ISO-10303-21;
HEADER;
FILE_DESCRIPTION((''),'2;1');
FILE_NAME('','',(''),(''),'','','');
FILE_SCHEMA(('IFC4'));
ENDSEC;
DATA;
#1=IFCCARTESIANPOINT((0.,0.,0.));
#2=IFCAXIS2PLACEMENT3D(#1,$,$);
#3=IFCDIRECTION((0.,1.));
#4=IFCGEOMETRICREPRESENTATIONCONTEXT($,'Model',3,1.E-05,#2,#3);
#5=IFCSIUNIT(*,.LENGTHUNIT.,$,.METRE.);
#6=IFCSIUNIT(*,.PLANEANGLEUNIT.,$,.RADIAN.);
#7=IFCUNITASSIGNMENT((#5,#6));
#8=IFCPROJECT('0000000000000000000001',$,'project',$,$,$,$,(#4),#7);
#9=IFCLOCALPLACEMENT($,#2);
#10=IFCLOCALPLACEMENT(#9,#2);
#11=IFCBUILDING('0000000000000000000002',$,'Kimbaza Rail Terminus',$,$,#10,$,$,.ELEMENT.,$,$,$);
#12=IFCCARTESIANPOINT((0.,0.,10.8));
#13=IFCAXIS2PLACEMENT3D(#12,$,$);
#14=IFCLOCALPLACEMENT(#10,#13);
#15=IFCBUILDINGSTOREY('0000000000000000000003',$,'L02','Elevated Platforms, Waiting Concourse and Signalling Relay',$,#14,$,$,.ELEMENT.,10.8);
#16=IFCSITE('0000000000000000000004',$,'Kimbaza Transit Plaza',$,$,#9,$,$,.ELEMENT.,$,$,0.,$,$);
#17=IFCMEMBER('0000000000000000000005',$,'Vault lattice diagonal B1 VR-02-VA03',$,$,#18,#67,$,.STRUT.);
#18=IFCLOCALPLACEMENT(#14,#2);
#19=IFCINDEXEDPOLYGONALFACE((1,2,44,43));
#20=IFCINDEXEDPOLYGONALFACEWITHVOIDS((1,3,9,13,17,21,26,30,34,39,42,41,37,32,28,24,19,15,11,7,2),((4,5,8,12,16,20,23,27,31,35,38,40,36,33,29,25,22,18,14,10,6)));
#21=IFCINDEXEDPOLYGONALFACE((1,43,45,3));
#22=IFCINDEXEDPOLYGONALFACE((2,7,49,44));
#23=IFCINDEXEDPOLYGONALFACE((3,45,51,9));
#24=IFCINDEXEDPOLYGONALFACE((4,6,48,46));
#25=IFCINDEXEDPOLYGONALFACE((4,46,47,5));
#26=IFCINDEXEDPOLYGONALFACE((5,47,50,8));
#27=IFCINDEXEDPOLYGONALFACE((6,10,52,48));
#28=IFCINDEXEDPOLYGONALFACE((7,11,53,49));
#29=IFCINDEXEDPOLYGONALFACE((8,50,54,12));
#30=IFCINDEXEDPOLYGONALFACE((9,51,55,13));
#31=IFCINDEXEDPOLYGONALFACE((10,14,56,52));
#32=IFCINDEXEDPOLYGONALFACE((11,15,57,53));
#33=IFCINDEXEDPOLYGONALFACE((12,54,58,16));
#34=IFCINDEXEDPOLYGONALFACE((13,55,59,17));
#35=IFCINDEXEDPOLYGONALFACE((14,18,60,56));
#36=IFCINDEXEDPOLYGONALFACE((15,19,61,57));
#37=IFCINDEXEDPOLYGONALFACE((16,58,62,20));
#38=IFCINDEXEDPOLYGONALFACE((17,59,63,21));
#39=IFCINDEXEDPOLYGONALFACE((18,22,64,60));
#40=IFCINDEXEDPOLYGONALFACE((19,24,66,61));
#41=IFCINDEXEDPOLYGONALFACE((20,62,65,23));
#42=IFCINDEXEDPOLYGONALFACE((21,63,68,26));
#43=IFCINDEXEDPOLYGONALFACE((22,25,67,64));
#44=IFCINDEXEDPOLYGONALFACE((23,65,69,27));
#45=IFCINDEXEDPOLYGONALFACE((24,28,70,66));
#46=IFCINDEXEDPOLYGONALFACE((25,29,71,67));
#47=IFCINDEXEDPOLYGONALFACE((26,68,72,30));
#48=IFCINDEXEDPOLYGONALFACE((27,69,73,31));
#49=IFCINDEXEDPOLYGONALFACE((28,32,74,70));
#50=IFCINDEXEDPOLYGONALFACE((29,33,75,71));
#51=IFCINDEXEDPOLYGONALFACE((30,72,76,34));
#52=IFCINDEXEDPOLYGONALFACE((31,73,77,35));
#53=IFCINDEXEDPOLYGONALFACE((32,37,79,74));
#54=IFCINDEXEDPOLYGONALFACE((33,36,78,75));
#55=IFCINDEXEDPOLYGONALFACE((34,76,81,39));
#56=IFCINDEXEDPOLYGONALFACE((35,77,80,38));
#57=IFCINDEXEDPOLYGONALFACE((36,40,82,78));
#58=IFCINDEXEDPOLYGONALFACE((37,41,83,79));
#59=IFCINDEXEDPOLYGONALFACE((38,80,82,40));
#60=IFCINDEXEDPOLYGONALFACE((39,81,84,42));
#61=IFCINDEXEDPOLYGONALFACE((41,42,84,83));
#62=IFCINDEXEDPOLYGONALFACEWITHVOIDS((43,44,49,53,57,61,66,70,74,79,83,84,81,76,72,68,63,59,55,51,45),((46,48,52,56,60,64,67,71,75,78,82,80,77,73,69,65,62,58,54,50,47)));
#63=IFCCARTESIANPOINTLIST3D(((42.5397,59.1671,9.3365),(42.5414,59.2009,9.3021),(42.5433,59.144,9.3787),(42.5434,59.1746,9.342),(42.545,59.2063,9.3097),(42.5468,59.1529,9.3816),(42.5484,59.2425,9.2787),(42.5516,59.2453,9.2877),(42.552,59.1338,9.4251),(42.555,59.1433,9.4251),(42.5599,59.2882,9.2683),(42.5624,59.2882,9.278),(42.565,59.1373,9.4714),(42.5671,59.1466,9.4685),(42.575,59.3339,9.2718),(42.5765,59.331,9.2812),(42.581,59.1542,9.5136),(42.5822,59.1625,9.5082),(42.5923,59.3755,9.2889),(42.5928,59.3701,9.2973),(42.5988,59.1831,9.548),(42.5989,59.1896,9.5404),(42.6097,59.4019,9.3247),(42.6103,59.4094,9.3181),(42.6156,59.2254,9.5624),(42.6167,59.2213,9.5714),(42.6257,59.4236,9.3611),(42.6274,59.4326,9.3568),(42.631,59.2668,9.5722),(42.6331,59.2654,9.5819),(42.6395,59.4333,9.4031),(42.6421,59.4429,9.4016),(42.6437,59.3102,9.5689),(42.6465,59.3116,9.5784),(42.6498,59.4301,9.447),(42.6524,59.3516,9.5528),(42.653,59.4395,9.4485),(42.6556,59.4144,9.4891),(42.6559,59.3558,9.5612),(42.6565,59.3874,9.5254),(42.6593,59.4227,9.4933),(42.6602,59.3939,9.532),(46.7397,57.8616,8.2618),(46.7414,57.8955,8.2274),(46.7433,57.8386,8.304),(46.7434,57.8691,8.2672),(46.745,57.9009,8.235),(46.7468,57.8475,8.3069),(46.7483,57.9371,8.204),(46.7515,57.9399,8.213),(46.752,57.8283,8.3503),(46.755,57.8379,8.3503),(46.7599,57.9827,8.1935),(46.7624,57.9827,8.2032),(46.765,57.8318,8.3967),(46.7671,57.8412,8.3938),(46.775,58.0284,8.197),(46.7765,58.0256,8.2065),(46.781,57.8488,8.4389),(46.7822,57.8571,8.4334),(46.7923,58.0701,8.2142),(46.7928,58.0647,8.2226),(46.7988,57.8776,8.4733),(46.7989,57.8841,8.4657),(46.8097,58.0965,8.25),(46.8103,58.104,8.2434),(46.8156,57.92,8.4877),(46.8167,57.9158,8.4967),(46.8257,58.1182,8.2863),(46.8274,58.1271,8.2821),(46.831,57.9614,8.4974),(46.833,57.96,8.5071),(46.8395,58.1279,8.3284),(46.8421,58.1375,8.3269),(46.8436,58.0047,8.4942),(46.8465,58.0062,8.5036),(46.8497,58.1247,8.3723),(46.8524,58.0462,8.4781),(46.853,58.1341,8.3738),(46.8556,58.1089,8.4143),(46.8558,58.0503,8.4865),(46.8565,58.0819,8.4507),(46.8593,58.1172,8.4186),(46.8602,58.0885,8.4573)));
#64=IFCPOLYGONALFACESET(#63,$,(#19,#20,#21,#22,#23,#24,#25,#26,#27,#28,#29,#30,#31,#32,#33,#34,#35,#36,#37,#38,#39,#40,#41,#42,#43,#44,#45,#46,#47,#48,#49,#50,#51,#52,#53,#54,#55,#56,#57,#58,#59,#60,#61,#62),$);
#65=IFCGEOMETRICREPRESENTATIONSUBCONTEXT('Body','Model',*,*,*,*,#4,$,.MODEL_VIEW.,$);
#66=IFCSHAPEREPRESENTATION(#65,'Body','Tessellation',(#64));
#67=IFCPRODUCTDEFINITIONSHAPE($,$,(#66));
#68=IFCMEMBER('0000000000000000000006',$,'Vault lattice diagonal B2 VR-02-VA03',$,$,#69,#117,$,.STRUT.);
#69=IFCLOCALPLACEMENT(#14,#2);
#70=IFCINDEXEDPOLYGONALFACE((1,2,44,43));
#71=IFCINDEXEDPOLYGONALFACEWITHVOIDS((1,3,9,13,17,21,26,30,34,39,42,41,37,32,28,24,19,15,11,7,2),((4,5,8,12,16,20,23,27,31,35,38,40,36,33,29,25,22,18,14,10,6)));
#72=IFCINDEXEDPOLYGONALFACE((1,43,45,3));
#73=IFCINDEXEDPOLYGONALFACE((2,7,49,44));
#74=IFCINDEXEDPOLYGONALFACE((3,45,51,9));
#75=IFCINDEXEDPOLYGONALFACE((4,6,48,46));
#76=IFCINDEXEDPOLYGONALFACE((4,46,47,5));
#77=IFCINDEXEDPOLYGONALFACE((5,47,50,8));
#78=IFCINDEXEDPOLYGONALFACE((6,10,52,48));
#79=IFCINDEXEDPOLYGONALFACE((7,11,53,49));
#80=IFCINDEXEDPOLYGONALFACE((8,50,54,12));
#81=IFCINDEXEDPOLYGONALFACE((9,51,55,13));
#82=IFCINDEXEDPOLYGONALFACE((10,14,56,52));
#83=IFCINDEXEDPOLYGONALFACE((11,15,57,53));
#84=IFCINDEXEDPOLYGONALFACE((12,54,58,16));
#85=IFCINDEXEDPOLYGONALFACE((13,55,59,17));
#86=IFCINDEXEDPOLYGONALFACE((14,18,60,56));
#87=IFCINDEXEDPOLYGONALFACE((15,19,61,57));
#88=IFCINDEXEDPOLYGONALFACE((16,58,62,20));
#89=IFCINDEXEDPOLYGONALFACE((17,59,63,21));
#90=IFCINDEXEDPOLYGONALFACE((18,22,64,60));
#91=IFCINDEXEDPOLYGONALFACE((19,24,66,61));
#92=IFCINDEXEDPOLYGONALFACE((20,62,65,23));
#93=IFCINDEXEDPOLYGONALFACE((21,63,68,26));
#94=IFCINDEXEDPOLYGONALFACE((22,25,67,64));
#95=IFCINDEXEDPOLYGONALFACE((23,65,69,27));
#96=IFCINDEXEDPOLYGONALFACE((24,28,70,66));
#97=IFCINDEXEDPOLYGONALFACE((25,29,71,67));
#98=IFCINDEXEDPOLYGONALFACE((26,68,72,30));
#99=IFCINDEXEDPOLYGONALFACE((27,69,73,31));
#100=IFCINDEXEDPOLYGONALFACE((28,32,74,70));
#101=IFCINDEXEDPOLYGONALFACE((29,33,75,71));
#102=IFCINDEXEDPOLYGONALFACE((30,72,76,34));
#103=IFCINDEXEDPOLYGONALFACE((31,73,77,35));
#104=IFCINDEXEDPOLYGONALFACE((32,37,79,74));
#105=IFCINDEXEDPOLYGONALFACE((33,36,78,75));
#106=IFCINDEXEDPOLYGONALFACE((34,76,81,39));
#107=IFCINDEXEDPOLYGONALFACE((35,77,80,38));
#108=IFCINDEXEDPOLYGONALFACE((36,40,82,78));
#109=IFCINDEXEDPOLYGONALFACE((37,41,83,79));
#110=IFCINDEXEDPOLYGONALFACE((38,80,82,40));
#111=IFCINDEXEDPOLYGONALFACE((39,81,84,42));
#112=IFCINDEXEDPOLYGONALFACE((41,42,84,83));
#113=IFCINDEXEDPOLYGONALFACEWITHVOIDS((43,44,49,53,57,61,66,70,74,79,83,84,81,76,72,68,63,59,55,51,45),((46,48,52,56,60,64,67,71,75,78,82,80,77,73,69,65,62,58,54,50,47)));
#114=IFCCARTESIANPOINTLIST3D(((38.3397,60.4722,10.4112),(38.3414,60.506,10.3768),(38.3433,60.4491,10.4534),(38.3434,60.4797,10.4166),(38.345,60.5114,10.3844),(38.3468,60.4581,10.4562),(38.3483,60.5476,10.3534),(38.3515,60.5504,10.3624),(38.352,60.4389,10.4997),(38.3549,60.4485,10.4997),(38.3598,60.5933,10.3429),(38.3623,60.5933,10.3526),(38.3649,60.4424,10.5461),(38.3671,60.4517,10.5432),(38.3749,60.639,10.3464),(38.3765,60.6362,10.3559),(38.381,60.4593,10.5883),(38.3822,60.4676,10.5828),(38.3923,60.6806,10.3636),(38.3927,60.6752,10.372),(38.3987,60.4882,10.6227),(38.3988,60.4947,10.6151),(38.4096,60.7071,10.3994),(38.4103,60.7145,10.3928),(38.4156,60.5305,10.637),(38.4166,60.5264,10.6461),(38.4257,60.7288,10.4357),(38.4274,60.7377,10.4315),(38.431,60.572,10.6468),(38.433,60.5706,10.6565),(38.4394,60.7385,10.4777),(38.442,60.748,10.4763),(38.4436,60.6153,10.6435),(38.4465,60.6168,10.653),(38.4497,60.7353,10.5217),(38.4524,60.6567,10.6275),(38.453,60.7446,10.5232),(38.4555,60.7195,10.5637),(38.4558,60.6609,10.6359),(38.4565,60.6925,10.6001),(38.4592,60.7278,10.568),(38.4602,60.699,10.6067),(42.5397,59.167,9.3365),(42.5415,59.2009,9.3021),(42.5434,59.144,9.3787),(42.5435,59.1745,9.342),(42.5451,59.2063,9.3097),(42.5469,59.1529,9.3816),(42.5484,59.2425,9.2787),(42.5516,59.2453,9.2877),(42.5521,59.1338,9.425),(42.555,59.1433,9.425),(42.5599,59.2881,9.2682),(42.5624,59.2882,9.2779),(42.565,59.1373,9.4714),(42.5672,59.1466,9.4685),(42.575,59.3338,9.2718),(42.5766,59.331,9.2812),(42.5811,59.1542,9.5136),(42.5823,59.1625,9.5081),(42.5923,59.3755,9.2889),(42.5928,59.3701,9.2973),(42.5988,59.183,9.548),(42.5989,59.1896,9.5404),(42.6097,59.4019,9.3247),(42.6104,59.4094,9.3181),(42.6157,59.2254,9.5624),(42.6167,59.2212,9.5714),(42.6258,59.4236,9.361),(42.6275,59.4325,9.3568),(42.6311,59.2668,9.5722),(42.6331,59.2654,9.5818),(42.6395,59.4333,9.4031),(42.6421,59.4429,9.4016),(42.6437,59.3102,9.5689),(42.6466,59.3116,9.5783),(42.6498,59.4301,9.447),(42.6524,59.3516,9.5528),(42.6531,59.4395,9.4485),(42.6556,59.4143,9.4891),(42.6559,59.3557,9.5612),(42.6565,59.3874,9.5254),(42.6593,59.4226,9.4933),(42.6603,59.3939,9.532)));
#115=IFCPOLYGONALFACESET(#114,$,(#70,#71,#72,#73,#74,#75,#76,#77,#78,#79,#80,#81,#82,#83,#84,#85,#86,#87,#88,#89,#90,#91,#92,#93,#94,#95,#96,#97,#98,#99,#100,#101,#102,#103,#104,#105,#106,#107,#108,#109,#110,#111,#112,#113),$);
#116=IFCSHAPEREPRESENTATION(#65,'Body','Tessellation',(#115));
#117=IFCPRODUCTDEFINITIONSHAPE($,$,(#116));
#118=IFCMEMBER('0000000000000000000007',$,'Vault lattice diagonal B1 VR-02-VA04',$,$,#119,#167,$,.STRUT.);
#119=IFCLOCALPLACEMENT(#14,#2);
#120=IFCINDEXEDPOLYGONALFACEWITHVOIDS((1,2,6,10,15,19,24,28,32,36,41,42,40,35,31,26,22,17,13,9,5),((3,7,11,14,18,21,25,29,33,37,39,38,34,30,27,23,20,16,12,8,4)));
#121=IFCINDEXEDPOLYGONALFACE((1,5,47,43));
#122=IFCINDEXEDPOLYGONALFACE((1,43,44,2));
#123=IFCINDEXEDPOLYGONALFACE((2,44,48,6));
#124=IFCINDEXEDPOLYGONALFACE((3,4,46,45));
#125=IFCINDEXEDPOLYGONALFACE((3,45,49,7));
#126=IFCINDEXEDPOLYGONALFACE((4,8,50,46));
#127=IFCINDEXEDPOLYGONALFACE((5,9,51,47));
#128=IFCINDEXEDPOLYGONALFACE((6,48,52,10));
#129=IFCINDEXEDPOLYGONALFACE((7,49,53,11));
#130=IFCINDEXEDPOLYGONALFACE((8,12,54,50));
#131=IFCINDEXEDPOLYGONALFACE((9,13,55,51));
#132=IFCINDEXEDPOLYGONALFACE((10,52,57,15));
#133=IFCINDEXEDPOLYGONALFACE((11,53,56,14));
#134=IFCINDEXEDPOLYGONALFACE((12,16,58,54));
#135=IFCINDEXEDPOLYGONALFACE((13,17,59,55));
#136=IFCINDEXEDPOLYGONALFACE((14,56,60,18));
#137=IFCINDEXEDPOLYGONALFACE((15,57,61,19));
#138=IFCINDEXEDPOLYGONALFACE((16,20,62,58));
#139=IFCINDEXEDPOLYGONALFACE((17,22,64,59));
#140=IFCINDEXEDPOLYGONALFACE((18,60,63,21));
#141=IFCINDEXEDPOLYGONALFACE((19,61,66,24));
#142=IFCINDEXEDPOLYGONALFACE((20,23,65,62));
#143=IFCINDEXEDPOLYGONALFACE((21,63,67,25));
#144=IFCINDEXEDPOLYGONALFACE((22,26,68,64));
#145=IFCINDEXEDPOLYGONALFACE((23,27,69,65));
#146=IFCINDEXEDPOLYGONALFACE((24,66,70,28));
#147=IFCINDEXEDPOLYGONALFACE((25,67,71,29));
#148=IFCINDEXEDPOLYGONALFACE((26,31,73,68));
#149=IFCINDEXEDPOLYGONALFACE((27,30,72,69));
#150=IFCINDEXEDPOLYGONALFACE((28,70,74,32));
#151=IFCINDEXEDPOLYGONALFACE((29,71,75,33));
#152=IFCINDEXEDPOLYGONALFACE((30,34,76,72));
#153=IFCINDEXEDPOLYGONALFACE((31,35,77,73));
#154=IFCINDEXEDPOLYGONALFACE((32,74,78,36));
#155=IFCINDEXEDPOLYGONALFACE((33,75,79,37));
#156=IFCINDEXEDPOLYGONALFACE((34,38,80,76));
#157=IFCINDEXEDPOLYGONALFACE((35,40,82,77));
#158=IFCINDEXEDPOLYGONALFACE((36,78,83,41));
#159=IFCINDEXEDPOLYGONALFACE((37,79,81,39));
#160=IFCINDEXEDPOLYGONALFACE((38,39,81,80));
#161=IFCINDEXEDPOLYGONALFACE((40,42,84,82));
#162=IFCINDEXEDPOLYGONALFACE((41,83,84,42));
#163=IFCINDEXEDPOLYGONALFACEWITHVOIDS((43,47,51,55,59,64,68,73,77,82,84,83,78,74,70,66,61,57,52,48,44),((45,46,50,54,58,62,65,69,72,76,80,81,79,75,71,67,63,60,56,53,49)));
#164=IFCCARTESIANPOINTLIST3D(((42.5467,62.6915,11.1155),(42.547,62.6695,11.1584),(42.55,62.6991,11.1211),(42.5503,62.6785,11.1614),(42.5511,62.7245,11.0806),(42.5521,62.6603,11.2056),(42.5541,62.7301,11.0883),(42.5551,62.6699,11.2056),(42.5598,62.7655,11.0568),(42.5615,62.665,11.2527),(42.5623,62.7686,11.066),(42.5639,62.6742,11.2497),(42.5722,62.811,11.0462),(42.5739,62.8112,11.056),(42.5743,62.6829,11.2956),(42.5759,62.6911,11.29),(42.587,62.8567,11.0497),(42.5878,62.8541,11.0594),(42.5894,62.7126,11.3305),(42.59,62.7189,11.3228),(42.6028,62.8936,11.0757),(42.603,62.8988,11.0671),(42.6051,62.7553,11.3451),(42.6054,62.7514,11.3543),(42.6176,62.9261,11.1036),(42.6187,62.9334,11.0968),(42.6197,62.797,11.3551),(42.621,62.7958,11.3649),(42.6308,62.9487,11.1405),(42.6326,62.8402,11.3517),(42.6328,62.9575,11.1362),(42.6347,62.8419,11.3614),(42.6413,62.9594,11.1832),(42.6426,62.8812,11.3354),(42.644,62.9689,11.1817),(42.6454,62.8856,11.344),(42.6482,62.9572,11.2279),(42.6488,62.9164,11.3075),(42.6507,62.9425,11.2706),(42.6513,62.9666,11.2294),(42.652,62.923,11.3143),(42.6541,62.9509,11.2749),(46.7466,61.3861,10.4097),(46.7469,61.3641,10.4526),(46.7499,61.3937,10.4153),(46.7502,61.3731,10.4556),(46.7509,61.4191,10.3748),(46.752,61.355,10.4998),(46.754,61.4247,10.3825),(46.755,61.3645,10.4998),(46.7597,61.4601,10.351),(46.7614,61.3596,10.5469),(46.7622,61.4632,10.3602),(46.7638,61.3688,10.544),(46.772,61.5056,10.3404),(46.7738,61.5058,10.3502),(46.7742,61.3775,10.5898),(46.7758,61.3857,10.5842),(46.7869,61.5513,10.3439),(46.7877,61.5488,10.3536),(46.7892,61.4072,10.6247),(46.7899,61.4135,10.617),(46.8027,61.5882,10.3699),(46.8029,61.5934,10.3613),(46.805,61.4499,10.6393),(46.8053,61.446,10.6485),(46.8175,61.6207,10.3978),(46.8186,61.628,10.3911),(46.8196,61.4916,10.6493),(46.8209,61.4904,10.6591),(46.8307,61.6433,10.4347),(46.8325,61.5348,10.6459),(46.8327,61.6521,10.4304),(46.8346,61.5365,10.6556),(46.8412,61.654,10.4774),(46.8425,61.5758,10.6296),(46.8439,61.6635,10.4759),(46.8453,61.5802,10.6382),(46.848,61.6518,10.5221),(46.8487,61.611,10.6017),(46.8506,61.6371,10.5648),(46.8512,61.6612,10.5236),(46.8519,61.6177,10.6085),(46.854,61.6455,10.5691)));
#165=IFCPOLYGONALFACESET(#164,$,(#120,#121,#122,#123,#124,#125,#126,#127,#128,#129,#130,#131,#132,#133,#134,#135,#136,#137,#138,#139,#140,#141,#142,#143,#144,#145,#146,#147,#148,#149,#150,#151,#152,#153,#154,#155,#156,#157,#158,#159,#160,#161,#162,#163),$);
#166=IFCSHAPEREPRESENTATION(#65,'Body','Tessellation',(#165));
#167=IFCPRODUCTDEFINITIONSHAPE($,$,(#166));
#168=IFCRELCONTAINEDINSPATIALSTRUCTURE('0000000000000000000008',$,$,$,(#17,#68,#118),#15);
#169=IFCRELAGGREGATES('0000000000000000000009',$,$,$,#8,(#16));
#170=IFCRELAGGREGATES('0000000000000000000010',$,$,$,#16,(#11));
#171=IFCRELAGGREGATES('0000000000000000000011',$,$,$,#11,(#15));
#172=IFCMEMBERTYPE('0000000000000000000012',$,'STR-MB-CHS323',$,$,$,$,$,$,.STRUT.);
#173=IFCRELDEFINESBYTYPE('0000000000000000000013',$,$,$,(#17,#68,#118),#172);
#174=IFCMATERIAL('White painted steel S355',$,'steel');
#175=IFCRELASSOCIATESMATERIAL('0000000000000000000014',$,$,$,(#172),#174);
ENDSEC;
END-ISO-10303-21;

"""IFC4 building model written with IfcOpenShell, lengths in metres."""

from ifc_helpers import new_model, si_unit, direction, frame, origin, origin_2d, place, context, subcontext, project, spatial, hollow_circle, extrude, material, material_profile, profile_set, type_object, element, save


model = new_model("IFC4")

# Units and contexts
model_context = context("Model", 3, precision=1e-05, world=origin(), true_north=direction((0.0, 1.0)))
body_context = subcontext(model_context, "Body", "Model", "MODEL_VIEW")
ifc_project = project(units=[si_unit("LENGTHUNIT", "METRE"), si_unit("PLANEANGLEUNIT", "RADIAN")], contexts=[model_context])

# Site, building, storey
site_placement = place(None, origin())
site = spatial("IfcSite", under=ifc_project, at=site_placement, Name="Kimbaza Transit Plaza", CompositionType="ELEMENT", RefElevation=0.0)
building_placement = place(site_placement, origin())
building = spatial("IfcBuilding", under=site, at=building_placement, Name="Kimbaza Rail Terminus", CompositionType="ELEMENT")
storey_placement = place(building_placement, frame((0.0, 0.0, 10.8)))
storey = spatial("IfcBuildingStorey", under=building, at=storey_placement, Name="L02", Description="Elevated Platforms, Waiting Concourse and Signalling Relay", CompositionType="ELEMENT", Elevation=10.8)

# Members
ifc_material_1 = material(Name="White painted steel S355", Category="steel")
ifc_material_profile_1 = material_profile(ifc_material_1, hollow_circle(Radius=0.1619, WallThickness=0.01, at=origin_2d()), Name="CHS 323.9x10")
ifc_profile_set_1 = profile_set([ifc_material_profile_1], Name="White painted steel S355")
member_type_1 = type_object("IfcMemberType", Name="STR-MB-CHS323", PredefinedType="STRUT", material=ifc_profile_set_1)
for number, where, z_axis, x_axis, name in (
    (1, (46.8, 57.9829, 8.3503), (-0.927643, 0.288328, 0.237371), (-0.296811, -0.954936, 0.0), "Vault lattice diagonal B1 VR-02-VA03"),
    (2, (42.6001, 59.2883, 9.425), (-0.927665, 0.288264, 0.237362), (-0.296745, -0.954957, 0.0), "Vault lattice diagonal B2 VR-02-VA03"),
):
    element("IfcMember", number, at=place(storey_placement, frame(where, z_axis=z_axis, x_axis=x_axis)), inside=storey, type_object=member_type_1, Name=name, PredefinedType="STRUT", context=body_context, shape_type="SweptSolid", body=[
        extrude(hollow_circle(Radius=0.1619, WallThickness=0.01, at=origin_2d()), origin(), (0.0, 0.0, 1.0), 4.5276),
    ])
member_1_placement = place(storey_placement, frame((46.8, 61.5095, 10.4998), z_axis=(-0.942872, 0.293062, 0.158452), x_axis=(-0.296811, -0.954936, 0.0)))
element("IfcMember", 3, at=member_1_placement, inside=storey, type_object=member_type_1, Name="Vault lattice diagonal B1 VR-02-VA04", PredefinedType="STRUT", context=body_context, shape_type="SweptSolid", body=[
    extrude(hollow_circle(Radius=0.1619, WallThickness=0.01, at=origin_2d()), origin(), (0.0, 0.0, 1.0), 4.4543),
])

save(model, "model.ifc")
